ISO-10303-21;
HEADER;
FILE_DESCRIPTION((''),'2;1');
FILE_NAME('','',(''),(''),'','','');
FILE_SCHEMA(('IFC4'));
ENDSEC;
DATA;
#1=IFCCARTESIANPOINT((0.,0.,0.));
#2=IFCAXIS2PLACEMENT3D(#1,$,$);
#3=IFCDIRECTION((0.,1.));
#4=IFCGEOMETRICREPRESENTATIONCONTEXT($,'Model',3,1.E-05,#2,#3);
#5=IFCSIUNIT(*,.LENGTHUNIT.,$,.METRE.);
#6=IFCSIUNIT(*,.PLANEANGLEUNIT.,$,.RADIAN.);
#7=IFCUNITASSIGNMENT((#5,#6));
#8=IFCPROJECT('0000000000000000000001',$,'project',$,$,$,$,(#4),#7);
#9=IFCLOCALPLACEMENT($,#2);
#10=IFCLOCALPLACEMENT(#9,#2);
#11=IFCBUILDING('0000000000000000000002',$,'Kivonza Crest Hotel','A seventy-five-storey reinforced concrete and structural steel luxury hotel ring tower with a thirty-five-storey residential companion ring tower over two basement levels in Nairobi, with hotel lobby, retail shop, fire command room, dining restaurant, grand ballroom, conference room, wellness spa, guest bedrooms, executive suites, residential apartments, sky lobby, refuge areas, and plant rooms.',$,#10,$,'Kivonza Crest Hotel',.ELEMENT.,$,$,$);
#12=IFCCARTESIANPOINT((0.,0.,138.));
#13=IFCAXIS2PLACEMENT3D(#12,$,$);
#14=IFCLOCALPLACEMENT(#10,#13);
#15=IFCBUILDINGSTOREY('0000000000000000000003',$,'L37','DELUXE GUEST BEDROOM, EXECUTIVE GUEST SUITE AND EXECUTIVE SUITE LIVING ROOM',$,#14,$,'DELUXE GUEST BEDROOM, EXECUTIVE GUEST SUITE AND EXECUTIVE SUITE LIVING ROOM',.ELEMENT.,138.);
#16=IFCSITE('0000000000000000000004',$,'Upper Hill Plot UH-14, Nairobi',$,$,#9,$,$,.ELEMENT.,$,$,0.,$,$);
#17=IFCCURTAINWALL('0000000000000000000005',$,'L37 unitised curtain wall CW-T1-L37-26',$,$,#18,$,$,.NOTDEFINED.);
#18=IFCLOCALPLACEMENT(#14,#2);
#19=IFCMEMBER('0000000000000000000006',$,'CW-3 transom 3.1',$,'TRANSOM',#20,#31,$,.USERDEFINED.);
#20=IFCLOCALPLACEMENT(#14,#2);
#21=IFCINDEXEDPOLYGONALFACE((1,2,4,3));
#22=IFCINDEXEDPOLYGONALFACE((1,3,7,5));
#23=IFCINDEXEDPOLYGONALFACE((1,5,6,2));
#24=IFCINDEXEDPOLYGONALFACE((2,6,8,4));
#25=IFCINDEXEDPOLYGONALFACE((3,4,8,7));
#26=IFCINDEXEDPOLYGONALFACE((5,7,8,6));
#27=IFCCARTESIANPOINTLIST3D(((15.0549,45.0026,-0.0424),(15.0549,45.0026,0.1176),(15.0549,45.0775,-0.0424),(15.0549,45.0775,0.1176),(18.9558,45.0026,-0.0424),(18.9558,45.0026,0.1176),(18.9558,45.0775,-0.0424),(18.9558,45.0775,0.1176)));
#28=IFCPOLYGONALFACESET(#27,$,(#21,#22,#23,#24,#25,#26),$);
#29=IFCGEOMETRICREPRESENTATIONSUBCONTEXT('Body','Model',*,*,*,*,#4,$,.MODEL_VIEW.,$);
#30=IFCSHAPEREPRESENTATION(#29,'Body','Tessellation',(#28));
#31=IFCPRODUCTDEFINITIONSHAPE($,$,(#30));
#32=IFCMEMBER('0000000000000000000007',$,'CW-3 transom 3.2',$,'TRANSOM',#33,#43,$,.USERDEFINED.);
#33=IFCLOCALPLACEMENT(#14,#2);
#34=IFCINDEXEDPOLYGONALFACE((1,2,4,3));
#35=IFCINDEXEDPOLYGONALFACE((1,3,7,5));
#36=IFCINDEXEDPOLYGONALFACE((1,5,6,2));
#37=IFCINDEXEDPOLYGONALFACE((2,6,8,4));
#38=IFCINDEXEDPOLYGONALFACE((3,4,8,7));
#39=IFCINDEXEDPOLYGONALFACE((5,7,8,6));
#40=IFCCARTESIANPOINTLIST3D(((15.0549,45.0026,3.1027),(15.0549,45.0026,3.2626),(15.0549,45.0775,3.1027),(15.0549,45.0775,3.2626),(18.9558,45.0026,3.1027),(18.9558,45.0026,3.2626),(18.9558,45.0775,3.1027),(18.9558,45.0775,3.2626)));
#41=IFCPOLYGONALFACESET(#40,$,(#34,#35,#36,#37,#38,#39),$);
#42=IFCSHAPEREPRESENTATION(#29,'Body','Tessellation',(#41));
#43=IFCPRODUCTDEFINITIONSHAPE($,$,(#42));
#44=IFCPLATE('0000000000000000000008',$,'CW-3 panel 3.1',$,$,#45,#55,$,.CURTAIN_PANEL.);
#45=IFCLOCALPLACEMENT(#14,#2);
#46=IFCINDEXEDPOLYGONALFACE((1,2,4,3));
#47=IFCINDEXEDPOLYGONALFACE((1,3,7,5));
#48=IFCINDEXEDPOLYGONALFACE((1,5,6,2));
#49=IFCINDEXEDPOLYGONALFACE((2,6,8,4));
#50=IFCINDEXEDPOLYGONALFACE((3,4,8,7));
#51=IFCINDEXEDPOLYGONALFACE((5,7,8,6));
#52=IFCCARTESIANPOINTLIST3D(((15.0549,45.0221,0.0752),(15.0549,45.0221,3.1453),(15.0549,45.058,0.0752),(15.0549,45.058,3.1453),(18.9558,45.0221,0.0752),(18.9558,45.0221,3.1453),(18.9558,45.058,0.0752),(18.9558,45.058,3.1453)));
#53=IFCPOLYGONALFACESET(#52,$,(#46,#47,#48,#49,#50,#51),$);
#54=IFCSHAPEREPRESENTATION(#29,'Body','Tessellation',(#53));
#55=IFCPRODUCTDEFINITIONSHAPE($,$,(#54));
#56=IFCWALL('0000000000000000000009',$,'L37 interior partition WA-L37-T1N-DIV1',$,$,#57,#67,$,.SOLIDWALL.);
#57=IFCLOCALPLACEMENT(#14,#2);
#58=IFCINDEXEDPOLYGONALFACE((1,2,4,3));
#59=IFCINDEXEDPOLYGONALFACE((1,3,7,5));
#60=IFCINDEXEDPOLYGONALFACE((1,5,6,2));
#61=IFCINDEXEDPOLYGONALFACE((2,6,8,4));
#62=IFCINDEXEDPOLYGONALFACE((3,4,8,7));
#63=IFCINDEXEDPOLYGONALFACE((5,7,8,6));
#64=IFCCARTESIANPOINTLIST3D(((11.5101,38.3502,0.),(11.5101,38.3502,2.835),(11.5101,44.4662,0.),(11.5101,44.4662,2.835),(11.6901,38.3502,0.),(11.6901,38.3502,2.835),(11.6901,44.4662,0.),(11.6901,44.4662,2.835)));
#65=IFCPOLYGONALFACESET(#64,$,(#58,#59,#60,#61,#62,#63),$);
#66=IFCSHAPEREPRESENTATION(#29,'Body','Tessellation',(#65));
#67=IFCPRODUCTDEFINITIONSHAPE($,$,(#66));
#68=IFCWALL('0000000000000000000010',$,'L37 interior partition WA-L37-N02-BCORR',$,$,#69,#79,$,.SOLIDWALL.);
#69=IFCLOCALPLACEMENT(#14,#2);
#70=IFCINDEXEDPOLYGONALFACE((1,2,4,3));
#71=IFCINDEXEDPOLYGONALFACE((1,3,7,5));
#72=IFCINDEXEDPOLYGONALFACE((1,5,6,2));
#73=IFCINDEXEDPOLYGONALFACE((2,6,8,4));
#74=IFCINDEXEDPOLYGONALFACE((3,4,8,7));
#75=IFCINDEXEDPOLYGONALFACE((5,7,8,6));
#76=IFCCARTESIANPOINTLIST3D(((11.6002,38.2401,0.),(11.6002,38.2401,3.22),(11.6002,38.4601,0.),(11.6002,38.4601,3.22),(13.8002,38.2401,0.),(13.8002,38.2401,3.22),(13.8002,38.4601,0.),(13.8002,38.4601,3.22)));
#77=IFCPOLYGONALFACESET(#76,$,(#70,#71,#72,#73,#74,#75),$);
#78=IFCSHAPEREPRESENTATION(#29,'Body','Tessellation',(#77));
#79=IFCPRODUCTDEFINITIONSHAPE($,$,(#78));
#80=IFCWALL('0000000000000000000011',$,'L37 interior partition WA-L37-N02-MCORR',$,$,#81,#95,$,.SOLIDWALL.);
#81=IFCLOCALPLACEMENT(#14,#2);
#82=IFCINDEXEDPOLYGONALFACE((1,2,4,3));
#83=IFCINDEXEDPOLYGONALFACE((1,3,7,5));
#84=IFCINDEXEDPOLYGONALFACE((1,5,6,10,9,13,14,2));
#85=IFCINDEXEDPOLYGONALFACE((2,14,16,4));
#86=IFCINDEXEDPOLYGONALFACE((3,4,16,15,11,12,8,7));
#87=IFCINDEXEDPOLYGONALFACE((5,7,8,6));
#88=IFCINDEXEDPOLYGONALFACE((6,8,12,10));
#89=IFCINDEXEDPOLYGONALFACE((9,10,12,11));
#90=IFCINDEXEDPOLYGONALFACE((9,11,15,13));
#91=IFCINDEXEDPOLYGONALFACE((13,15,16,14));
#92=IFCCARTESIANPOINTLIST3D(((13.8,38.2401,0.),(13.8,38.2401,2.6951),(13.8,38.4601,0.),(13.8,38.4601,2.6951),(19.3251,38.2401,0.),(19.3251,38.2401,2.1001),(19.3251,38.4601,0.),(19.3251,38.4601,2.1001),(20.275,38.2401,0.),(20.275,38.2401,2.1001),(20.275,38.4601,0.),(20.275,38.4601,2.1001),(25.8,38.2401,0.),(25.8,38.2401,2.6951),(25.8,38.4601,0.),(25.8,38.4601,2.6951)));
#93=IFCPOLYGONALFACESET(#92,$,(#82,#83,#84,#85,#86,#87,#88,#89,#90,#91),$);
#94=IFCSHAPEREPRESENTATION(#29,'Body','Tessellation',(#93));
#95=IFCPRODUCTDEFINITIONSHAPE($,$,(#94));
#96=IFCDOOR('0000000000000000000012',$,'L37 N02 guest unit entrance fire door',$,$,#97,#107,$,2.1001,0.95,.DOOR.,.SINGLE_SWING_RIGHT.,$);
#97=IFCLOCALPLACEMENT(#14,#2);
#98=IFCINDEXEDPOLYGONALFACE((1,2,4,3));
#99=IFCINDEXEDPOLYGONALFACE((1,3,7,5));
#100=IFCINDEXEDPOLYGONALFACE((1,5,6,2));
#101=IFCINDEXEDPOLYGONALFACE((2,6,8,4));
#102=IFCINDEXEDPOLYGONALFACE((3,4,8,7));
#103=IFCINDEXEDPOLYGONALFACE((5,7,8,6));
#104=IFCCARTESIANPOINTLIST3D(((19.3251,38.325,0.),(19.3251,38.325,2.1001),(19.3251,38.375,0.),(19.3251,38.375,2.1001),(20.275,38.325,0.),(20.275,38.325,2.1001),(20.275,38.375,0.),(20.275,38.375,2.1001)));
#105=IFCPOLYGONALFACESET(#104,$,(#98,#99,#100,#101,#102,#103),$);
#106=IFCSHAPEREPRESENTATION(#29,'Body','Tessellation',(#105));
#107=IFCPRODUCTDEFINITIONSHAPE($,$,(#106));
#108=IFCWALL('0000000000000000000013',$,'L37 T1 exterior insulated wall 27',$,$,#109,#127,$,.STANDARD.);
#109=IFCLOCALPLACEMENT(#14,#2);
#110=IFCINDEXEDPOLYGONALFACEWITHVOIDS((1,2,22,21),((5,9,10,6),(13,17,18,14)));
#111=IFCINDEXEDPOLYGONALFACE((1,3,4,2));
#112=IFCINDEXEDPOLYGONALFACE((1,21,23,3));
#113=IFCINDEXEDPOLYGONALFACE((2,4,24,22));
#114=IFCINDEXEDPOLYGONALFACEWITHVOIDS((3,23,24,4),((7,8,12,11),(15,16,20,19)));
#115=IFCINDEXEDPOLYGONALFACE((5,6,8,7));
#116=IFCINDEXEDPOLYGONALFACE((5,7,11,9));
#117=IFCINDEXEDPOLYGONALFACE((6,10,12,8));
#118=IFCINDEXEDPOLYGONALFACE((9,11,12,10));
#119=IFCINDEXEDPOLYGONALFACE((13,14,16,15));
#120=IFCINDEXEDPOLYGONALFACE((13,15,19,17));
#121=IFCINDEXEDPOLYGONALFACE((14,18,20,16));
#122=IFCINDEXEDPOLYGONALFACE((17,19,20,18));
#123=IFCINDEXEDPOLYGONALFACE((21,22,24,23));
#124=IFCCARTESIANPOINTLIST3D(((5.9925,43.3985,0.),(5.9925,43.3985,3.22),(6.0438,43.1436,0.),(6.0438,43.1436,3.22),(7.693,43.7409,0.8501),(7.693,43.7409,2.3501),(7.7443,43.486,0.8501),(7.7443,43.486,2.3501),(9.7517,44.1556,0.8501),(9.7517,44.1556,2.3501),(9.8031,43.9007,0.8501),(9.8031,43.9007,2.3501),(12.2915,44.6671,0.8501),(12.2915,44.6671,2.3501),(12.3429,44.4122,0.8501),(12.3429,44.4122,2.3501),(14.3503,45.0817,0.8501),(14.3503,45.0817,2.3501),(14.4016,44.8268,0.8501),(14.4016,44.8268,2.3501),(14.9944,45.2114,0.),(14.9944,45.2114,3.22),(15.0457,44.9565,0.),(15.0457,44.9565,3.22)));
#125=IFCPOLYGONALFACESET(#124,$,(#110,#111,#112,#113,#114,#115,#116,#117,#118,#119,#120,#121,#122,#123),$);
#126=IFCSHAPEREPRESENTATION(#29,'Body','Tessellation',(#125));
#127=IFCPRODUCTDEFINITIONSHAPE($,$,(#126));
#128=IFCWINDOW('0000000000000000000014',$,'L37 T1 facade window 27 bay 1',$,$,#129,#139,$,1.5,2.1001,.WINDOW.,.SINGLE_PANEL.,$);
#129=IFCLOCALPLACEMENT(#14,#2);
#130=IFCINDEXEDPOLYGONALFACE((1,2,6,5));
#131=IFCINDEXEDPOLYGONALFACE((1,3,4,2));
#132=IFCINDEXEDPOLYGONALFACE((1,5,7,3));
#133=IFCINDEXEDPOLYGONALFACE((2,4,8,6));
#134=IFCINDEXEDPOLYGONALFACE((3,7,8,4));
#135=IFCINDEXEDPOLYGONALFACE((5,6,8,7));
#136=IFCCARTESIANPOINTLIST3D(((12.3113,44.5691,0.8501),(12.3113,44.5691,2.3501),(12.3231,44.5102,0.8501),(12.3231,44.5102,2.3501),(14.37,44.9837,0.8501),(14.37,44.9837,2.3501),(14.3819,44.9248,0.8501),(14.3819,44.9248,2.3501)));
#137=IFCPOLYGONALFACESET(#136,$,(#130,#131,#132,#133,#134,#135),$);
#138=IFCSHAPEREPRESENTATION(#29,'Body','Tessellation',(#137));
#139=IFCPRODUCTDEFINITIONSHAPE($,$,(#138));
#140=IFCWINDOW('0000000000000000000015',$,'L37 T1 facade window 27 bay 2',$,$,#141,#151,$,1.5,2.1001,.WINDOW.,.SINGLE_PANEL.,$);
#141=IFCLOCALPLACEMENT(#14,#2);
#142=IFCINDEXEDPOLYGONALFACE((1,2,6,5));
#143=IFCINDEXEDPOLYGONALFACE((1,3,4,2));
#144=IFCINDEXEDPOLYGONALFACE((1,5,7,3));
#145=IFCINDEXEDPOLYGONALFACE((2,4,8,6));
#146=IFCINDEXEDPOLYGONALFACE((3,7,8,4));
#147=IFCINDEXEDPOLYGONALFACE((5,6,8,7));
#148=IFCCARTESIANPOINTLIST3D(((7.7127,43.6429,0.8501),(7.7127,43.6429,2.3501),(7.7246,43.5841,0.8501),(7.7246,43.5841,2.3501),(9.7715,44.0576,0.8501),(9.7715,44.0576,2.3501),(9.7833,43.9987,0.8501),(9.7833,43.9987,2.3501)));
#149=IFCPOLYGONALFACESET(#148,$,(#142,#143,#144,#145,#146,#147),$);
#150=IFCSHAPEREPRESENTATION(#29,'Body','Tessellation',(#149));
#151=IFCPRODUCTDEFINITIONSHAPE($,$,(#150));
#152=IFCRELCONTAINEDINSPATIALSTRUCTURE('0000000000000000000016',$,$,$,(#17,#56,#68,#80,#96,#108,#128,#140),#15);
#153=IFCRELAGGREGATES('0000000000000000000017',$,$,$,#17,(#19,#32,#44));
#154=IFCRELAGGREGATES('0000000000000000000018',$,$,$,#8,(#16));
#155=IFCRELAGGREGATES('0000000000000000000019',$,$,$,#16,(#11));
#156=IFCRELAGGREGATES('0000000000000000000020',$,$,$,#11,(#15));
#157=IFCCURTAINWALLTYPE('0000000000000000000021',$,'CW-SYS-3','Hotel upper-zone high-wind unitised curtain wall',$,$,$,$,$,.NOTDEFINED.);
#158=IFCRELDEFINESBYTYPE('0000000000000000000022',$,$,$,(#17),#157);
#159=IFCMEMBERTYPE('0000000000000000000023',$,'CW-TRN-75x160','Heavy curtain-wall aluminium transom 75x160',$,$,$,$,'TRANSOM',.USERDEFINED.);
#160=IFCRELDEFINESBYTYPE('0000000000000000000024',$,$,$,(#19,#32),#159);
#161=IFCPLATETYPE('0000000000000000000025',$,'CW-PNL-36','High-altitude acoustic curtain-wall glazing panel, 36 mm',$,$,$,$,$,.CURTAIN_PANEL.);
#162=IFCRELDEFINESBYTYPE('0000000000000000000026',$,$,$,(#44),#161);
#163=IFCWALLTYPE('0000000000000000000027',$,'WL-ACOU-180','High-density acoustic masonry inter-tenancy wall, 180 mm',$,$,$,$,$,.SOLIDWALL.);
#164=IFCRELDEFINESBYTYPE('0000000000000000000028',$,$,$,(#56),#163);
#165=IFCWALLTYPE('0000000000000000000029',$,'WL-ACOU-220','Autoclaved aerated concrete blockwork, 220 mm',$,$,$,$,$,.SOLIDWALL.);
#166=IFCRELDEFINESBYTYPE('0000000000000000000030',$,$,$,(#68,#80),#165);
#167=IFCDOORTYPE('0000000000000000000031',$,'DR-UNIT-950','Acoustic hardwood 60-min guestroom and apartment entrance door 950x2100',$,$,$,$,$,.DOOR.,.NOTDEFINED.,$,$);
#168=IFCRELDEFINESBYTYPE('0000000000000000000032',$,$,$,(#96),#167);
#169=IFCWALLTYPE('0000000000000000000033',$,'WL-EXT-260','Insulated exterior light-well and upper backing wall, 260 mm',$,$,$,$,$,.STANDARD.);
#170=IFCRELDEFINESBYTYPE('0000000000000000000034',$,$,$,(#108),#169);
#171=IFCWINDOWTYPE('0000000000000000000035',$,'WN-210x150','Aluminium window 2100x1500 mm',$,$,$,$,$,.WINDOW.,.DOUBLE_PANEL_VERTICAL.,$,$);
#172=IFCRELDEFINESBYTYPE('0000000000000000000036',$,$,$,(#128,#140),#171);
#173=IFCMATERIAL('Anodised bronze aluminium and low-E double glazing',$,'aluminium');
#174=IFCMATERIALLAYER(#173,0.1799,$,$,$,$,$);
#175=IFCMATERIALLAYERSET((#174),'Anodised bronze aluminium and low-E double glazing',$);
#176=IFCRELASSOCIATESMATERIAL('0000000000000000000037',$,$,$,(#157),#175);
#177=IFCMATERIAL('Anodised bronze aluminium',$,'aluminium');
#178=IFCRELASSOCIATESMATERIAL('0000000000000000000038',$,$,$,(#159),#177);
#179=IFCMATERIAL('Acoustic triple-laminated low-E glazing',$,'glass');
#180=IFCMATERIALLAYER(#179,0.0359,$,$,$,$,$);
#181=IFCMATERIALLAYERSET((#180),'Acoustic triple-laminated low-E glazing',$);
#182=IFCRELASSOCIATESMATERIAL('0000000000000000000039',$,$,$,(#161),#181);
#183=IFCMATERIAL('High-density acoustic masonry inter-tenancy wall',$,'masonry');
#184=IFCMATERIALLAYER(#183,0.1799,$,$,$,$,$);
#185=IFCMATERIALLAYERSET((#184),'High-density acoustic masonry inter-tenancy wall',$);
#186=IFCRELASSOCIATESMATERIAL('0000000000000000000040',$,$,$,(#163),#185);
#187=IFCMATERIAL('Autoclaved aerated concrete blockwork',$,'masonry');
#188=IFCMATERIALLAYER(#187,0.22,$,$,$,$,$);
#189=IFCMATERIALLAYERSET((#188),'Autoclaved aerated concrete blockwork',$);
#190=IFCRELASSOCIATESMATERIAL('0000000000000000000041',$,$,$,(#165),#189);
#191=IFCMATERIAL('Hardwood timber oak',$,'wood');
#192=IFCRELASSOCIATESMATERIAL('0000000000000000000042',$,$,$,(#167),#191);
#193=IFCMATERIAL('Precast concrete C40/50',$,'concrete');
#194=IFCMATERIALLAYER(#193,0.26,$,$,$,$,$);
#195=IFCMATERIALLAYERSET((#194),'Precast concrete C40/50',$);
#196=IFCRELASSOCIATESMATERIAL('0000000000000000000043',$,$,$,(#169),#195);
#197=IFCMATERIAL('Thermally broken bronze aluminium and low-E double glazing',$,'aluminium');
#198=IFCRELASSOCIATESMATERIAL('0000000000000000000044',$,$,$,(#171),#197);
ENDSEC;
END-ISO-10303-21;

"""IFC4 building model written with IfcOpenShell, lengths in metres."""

from ifc_helpers import new_model, si_unit, direction, frame, frame_2d, origin, origin_2d, place, context, subcontext, project, spatial, rectangle, extrude, material, layer, layer_set, material_profile, profile_set, type_object, element, fill, aggregate, save


model = new_model("IFC4")

# Units and contexts
model_context = context("Model", 3, precision=1e-05, world=origin(), true_north=direction((0.0, 1.0)))
body_context = subcontext(model_context, "Body", "Model", "MODEL_VIEW")
ifc_project = project(units=[si_unit("LENGTHUNIT", "METRE"), si_unit("PLANEANGLEUNIT", "RADIAN")], contexts=[model_context])

# Site, building, storey
site_placement = place(None, origin())
site = spatial("IfcSite", under=ifc_project, at=site_placement, Name="Upper Hill Plot UH-14, Nairobi", CompositionType="ELEMENT", RefElevation=0.0)
building_placement = place(site_placement, origin())
building = spatial("IfcBuilding", under=site, at=building_placement, Name="Kivonza Crest Hotel", Description="A seventy-five-storey reinforced concrete and structural steel luxury hotel ring tower with a thirty-five-storey residential companion ring tower over two basement levels in Nairobi, with hotel lobby, retail shop, fire command room, dining restaurant, grand ballroom, conference room, wellness spa, guest bedrooms, executive suites, residential apartments, sky lobby, refuge areas, and plant rooms.", LongName="Kivonza Crest Hotel", CompositionType="ELEMENT")
storey_placement = place(building_placement, frame((0.0, 0.0, 138.0)))
storey = spatial("IfcBuildingStorey", under=building, at=storey_placement, Name="L37", Description="DELUXE GUEST BEDROOM, EXECUTIVE GUEST SUITE AND EXECUTIVE SUITE LIVING ROOM", LongName="DELUXE GUEST BEDROOM, EXECUTIVE GUEST SUITE AND EXECUTIVE SUITE LIVING ROOM", CompositionType="ELEMENT", Elevation=138.0)

# Curtain wall, members, plate
ifc_material_1 = material(Name="Anodised bronze aluminium and low-E double glazing", Category="aluminium")
ifc_layer_1 = layer(ifc_material_1, 0.1799)
ifc_layer_set_1 = layer_set([ifc_layer_1], Name="Anodised bronze aluminium and low-E double glazing")
curtain_wall_type = type_object("IfcCurtainWallType", Name="CW-SYS-3", Description="Hotel upper-zone high-wind unitised curtain wall", PredefinedType="NOTDEFINED", material=ifc_layer_set_1)
curtain_wall_placement = place(storey_placement, origin())
curtain_wall = element("IfcCurtainWall", 1, at=curtain_wall_placement, inside=storey, type_object=curtain_wall_type, Name="L37 unitised curtain wall CW-T1-L37-26", PredefinedType="NOTDEFINED")
ifc_material_2 = material(Name="Anodised bronze aluminium", Category="aluminium")
ifc_material_profile_1 = material_profile(ifc_material_2, rectangle(XDim=0.075, YDim=0.1599, at=origin_2d()), Name="CW-T 75x160")
ifc_profile_set_1 = profile_set([ifc_material_profile_1], Name="Anodised bronze aluminium")
member_type_1 = type_object("IfcMemberType", Name="CW-TRN-75x160", Description="Heavy curtain-wall aluminium transom 75x160", ElementType="TRANSOM", PredefinedType="USERDEFINED", material=ifc_profile_set_1)
member_1_placement = place(storey_placement, frame((18.9558, 45.04, 0.0376), z_axis=(-1.0, 0.0, 0.0), x_axis=(0.0, -1.0, 0.0)))
member_1 = element("IfcMember", 2, at=member_1_placement, type_object=member_type_1, Name="CW-3 transom 3.1", ObjectType="TRANSOM", PredefinedType="USERDEFINED", context=body_context, shape_type="SweptSolid", body=[
    extrude(rectangle(XDim=0.075, YDim=0.1599, at=origin_2d()), origin(), (0.0, 0.0, 1.0), 3.9009),
])
member_2_placement = place(storey_placement, frame((18.9558, 45.04, 3.1826), z_axis=(-1.0, 0.0, 0.0), x_axis=(0.0, -1.0, 0.0)))
member_2 = element("IfcMember", 3, at=member_2_placement, type_object=member_type_1, Name="CW-3 transom 3.2", ObjectType="TRANSOM", PredefinedType="USERDEFINED", context=body_context, shape_type="SweptSolid", body=[
    extrude(rectangle(XDim=0.075, YDim=0.1599, at=origin_2d()), origin(), (0.0, 0.0, 1.0), 3.9009),
])
ifc_material_3 = material(Name="Acoustic triple-laminated low-E glazing", Category="glass")
ifc_layer_2 = layer(ifc_material_3, 0.0359)
ifc_layer_set_2 = layer_set([ifc_layer_2], Name="Acoustic triple-laminated low-E glazing")
plate_type = type_object("IfcPlateType", Name="CW-PNL-36", Description="High-altitude acoustic curtain-wall glazing panel, 36 mm", PredefinedType="CURTAIN_PANEL", material=ifc_layer_set_2)
plate_placement = place(storey_placement, frame((17.0054, 45.04, 0.0752), z_axis=(0.0, 0.0, 1.0), x_axis=(-1.0, 0.0, 0.0)))
plate = element("IfcPlate", 4, at=plate_placement, type_object=plate_type, Name="CW-3 panel 3.1", PredefinedType="CURTAIN_PANEL", context=body_context, shape_type="SweptSolid", body=[
    extrude(rectangle(XDim=3.9009, YDim=0.0359, at=origin_2d()), origin(), (0.0, 0.0, 1.0), 3.0701),
])
aggregate(curtain_wall, [member_1, member_2, plate])

# Walls
ifc_material_4 = material(Name="High-density acoustic masonry inter-tenancy wall", Category="masonry")
ifc_layer_3 = layer(ifc_material_4, 0.1799)
ifc_layer_set_3 = layer_set([ifc_layer_3], Name="High-density acoustic masonry inter-tenancy wall")
wall_type_1 = type_object("IfcWallType", Name="WL-ACOU-180", Description="High-density acoustic masonry inter-tenancy wall, 180 mm", PredefinedType="SOLIDWALL", material=ifc_layer_set_3)
wall_1_placement = place(storey_placement, frame((11.6001, 38.3501, 0.0), z_axis=(0.0, 0.0, 1.0), x_axis=(0.0, 1.0, 0.0)))
element("IfcWall", 5, at=wall_1_placement, inside=storey, type_object=wall_type_1, Name="L37 interior partition WA-L37-T1N-DIV1", PredefinedType="SOLIDWALL", context=body_context, shape_type="SweptSolid", body=[
    extrude(rectangle(XDim=6.116, YDim=0.1799, at=frame_2d((3.0581, 0.0))), origin(), (0.0, 0.0, 1.0), 2.835),
])
ifc_material_5 = material(Name="Autoclaved aerated concrete blockwork", Category="masonry")
ifc_layer_4 = layer(ifc_material_5, 0.22)
ifc_layer_set_4 = layer_set([ifc_layer_4], Name="Autoclaved aerated concrete blockwork")
wall_type_2 = type_object("IfcWallType", Name="WL-ACOU-220", Description="Autoclaved aerated concrete blockwork, 220 mm", PredefinedType="SOLIDWALL", material=ifc_layer_set_4)
wall_2_placement = place(storey_placement, frame((11.6001, 38.3501, 0.0), z_axis=(0.0, 0.0, 1.0), x_axis=(1.0, 0.0, 0.0)))
element("IfcWall", 6, at=wall_2_placement, inside=storey, type_object=wall_type_2, Name="L37 interior partition WA-L37-N02-BCORR", PredefinedType="SOLIDWALL", context=body_context, shape_type="SweptSolid", body=[
    extrude(rectangle(XDim=2.2, YDim=0.22, at=frame_2d((1.1001, 0.0))), origin(), (0.0, 0.0, 1.0), 3.22),
])

# Wall, opening, door
wall_3_placement = place(storey_placement, frame((13.8, 38.3501, 0.0), z_axis=(0.0, 0.0, 1.0), x_axis=(1.0, 0.0, 0.0)))
wall_3 = element("IfcWall", 7, at=wall_3_placement, inside=storey, type_object=wall_type_2, Name="L37 interior partition WA-L37-N02-MCORR", PredefinedType="SOLIDWALL", context=body_context, shape_type="SweptSolid", body=[
    extrude(rectangle(XDim=12.0, YDim=0.22, at=frame_2d((6.0, 0.0))), origin(), (0.0, 0.0, 1.0), 2.6951),
])
opening_1_placement = place(wall_3_placement, frame((5.5249, 0.0, 0.0)))
opening_1 = element("IfcOpeningElement", 8, at=opening_1_placement, cuts=wall_3, PredefinedType="OPENING", context=body_context, shape_type="SweptSolid", body=[
    extrude(rectangle(XDim=0.95, YDim=2.1001, at=frame_2d((0.4751, 1.05))), frame((0.0, 0.1201, 0.0), z_axis=(0.0, -1.0, 0.0), x_axis=(1.0, 0.0, 0.0)), (0.0, 0.0, 1.0), 0.24),
])
ifc_material_6 = material(Name="Hardwood timber oak", Category="wood")
door_type_1 = type_object("IfcDoorType", Name="DR-UNIT-950", Description="Acoustic hardwood 60-min guestroom and apartment entrance door 950x2100", OperationType="NOTDEFINED", PredefinedType="DOOR", material=ifc_material_6)
door_1_placement = place(opening_1_placement, origin())
door_1 = element("IfcDoor", 9, at=door_1_placement, inside=storey, type_object=door_type_1, Name="L37 N02 guest unit entrance fire door", OperationType="SINGLE_SWING_RIGHT", OverallHeight=2.1001, OverallWidth=0.95, PredefinedType="DOOR", context=body_context, shape_type="SweptSolid", body=[
    extrude(rectangle(XDim=0.95, YDim=2.1001, at=frame_2d((0.4751, 1.05))), frame((0.0, 0.0249, 0.0), z_axis=(0.0, -1.0, 0.0), x_axis=(1.0, 0.0, 0.0)), (0.0, 0.0, 1.0), 0.05),
])
fill(opening_1, door_1)

# Wall, openings, windows
ifc_material_7 = material(Name="Precast concrete C40/50", Category="concrete")
ifc_layer_5 = layer(ifc_material_7, 0.26)
ifc_layer_set_5 = layer_set([ifc_layer_5], Name="Precast concrete C40/50")
wall_type_3 = type_object("IfcWallType", Name="WL-EXT-260", Description="Insulated exterior light-well and upper backing wall, 260 mm", PredefinedType="STANDARD", material=ifc_layer_set_5)
wall_4_placement = place(storey_placement, frame((15.02, 45.084, 0.0), z_axis=(0.0, 0.0, 1.0), x_axis=(-0.980316, -0.197435, 0.0)))
wall_4 = element("IfcWall", 10, at=wall_4_placement, inside=storey, type_object=wall_type_3, Name="L37 T1 exterior insulated wall 27", PredefinedType="STANDARD", context=body_context, shape_type="SweptSolid", body=[
    extrude(rectangle(XDim=9.1826, YDim=0.26, at=frame_2d((4.5913, 0.0))), origin(), (0.0, 0.0, 1.0), 3.22),
])
opening_2_placement = place(wall_4_placement, frame((0.657, 0.0, 0.8501)))
opening_2 = element("IfcOpeningElement", 11, at=opening_2_placement, cuts=wall_4, PredefinedType="OPENING", context=body_context, shape_type="SweptSolid", body=[
    extrude(rectangle(XDim=2.1001, YDim=1.5, at=frame_2d((1.05, 0.75))), frame((0.0, 0.1401, 0.0), z_axis=(0.0, -1.0, 0.0), x_axis=(1.0, 0.0, 0.0)), (0.0, 0.0, 1.0), 0.28),
])
opening_3_placement = place(wall_4_placement, frame((5.3479, 0.0, 0.8501)))
opening_3 = element("IfcOpeningElement", 12, at=opening_3_placement, cuts=wall_4, PredefinedType="OPENING", context=body_context, shape_type="SweptSolid", body=[
    extrude(rectangle(XDim=2.1001, YDim=1.5, at=frame_2d((1.05, 0.75))), frame((0.0, 0.1401, 0.0), z_axis=(0.0, -1.0, 0.0), x_axis=(1.0, 0.0, 0.0)), (0.0, 0.0, 1.0), 0.28),
])
ifc_material_8 = material(Name="Thermally broken bronze aluminium and low-E double glazing", Category="aluminium")
window_type = type_object("IfcWindowType", Name="WN-210x150", Description="Aluminium window 2100x1500 mm", PartitioningType="DOUBLE_PANEL_VERTICAL", PredefinedType="WINDOW", material=ifc_material_8)
window_1_placement = place(opening_2_placement, origin())
window_1 = element("IfcWindow", 13, at=window_1_placement, inside=storey, type_object=window_type, Name="L37 T1 facade window 27 bay 1", OverallHeight=1.5, OverallWidth=2.1001, PartitioningType="SINGLE_PANEL", PredefinedType="WINDOW", context=body_context, shape_type="SweptSolid", body=[
    extrude(rectangle(XDim=2.1001, YDim=1.5, at=frame_2d((1.05, 0.75))), frame((0.0, 0.03, 0.0), z_axis=(0.0, -1.0, 0.0), x_axis=(1.0, 0.0, 0.0)), (0.0, 0.0, 1.0), 0.0601),
])
fill(opening_2, window_1)
window_2_placement = place(opening_3_placement, origin())
window_2 = element("IfcWindow", 14, at=window_2_placement, inside=storey, type_object=window_type, Name="L37 T1 facade window 27 bay 2", OverallHeight=1.5, OverallWidth=2.1001, PartitioningType="SINGLE_PANEL", PredefinedType="WINDOW", context=body_context, shape_type="SweptSolid", body=[
    extrude(rectangle(XDim=2.1001, YDim=1.5, at=frame_2d((1.05, 0.75))), frame((0.0, 0.03, 0.0), z_axis=(0.0, -1.0, 0.0), x_axis=(1.0, 0.0, 0.0)), (0.0, 0.0, 1.0), 0.0601),
])
fill(opening_3, window_2)

save(model, "model.ifc")
